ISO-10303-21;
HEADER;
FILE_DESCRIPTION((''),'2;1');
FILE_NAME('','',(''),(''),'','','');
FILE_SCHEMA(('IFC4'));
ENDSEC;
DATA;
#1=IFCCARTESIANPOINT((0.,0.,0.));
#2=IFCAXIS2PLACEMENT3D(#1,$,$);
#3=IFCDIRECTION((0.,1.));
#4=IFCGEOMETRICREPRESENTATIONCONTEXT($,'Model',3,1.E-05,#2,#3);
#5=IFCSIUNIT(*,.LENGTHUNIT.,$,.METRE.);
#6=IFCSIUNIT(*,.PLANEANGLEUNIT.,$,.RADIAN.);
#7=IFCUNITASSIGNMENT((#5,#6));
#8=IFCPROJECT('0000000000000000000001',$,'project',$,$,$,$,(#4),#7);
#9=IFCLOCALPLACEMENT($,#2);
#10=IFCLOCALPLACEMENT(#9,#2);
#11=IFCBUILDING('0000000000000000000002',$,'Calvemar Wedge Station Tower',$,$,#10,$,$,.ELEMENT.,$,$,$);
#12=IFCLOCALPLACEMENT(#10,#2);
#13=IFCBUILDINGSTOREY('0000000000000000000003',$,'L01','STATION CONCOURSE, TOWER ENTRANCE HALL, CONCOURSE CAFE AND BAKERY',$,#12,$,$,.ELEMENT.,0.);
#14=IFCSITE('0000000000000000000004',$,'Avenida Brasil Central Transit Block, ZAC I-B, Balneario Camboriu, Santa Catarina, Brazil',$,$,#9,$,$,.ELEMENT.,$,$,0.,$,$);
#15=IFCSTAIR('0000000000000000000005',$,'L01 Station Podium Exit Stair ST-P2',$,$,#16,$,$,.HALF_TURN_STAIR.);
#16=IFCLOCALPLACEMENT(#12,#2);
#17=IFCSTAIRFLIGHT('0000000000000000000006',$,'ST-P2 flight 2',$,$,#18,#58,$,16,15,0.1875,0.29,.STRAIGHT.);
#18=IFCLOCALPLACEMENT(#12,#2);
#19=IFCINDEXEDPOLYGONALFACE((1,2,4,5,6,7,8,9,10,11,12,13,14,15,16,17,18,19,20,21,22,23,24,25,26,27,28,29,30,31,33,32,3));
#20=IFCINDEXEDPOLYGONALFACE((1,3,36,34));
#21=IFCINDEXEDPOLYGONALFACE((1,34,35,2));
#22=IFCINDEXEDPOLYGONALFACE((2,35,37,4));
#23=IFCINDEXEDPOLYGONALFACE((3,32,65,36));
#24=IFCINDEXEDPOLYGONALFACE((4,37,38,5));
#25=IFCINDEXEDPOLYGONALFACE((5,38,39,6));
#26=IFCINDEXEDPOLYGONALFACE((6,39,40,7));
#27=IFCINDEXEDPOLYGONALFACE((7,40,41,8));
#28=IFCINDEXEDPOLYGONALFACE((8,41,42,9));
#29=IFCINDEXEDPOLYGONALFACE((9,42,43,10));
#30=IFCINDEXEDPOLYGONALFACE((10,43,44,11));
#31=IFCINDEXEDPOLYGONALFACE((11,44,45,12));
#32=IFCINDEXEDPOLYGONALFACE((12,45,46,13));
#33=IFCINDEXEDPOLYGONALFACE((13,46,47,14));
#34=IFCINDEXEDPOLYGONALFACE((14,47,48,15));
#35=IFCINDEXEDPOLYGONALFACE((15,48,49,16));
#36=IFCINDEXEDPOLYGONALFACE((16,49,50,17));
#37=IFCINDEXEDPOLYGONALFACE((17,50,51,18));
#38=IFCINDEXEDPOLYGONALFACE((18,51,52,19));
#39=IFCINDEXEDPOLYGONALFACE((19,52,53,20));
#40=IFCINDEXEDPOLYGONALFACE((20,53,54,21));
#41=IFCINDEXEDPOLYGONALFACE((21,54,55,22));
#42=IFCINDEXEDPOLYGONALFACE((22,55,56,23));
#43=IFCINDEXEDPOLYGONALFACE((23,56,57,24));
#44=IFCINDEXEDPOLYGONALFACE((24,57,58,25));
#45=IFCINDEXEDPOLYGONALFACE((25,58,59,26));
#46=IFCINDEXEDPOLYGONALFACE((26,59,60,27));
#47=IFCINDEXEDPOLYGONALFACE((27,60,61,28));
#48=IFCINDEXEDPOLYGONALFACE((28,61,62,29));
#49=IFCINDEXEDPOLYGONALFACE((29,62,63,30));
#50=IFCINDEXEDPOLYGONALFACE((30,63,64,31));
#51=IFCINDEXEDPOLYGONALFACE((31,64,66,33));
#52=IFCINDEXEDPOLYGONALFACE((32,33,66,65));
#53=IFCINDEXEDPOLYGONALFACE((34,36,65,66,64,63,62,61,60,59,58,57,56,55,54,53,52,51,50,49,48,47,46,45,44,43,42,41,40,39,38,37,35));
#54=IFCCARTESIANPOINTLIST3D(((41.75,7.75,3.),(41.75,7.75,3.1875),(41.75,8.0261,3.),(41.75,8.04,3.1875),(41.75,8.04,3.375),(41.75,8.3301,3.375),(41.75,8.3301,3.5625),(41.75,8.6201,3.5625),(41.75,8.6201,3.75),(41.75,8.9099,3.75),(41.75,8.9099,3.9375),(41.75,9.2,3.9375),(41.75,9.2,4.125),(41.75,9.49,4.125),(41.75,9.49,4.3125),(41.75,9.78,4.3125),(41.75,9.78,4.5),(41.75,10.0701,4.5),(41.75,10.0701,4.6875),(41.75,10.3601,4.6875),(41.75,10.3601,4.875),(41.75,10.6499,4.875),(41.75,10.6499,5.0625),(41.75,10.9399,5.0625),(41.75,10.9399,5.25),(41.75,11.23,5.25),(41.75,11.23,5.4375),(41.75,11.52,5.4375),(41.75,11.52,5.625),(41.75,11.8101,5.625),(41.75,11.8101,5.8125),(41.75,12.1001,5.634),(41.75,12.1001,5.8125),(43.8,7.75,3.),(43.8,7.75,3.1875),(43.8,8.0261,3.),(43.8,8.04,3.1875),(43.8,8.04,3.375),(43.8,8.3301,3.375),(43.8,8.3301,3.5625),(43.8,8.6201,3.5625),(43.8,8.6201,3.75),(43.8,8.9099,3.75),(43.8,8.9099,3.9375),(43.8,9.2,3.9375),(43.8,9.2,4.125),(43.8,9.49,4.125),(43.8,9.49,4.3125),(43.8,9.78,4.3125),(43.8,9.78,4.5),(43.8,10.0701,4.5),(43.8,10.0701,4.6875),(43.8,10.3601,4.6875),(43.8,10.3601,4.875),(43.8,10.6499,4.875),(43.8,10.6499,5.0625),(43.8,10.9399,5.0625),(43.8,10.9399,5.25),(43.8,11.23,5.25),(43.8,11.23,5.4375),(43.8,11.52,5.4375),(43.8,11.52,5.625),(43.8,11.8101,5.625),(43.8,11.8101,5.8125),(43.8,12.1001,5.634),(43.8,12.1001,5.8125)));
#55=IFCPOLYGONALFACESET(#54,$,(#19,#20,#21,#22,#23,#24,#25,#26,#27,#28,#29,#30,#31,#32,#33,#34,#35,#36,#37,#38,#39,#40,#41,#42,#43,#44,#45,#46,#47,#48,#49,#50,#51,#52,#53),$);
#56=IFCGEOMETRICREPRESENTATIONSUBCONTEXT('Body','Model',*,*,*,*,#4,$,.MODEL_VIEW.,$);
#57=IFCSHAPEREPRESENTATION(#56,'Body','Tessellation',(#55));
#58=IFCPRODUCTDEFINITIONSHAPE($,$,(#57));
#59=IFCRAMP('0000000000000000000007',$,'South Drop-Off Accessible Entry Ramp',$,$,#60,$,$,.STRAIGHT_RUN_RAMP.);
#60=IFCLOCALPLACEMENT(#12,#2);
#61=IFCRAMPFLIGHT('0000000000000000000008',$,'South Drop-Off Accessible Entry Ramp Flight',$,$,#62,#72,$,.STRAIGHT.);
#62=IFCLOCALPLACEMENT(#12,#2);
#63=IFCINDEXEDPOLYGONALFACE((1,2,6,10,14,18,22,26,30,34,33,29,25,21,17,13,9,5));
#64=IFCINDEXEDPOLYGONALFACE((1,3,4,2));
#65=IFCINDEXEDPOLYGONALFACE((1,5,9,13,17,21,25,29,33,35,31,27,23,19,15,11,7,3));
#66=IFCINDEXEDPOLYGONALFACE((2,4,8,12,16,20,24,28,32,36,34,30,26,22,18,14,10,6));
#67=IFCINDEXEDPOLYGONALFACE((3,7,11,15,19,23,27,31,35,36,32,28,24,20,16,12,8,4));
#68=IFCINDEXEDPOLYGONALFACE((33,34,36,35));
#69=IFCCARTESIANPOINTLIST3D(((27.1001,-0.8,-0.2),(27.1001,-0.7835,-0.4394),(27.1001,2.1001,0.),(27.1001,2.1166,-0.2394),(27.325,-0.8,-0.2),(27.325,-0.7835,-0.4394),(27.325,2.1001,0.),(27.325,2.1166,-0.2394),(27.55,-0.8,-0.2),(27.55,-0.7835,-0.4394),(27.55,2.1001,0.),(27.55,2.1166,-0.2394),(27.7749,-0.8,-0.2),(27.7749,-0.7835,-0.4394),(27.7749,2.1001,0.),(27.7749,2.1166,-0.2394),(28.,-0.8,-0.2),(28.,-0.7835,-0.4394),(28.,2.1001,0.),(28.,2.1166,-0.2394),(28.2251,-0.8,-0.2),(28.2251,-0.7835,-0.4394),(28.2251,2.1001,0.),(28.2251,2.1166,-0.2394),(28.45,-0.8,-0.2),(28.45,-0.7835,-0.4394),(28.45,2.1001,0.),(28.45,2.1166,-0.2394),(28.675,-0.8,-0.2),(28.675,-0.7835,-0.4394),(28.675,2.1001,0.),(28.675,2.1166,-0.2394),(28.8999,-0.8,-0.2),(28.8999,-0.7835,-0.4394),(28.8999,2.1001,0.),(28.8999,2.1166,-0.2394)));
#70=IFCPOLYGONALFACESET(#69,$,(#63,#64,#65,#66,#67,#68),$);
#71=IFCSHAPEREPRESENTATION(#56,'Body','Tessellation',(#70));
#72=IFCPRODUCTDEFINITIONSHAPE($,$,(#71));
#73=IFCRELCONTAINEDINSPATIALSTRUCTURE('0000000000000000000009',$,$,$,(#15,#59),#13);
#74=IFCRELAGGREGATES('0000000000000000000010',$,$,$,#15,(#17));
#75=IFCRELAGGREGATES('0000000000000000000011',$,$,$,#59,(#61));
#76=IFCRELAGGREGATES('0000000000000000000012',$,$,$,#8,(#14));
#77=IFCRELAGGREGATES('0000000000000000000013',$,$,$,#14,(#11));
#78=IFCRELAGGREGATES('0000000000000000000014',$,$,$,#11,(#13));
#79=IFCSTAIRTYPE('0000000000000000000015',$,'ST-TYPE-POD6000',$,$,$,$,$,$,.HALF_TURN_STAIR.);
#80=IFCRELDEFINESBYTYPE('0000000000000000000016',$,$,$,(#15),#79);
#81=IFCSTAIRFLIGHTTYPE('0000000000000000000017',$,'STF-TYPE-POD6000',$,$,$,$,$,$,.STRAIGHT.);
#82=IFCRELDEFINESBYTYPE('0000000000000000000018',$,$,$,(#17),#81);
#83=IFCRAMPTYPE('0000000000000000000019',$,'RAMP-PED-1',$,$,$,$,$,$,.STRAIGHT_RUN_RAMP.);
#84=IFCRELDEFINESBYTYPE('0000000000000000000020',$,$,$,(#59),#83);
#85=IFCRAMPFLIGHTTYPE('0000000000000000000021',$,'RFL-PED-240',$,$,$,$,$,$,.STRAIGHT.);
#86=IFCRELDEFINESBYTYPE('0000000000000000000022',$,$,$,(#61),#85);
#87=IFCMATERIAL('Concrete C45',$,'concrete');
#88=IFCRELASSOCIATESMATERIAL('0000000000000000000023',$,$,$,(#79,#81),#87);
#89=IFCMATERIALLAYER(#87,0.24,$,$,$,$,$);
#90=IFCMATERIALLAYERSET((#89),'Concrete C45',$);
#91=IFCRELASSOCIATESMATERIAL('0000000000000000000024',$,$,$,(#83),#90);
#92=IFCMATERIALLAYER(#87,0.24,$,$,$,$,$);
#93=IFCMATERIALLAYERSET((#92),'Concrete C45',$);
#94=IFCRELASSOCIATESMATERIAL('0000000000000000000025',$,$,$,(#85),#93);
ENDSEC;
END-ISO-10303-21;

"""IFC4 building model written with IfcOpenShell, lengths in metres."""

from ifc_helpers import new_model, si_unit, direction, frame, origin, place, context, subcontext, project, spatial, polyline, outline, extrude, material, layer, layer_set, type_object, element, aggregate, save


model = new_model("IFC4")

# Units and contexts
model_context = context("Model", 3, precision=1e-05, world=origin(), true_north=direction((0.0, 1.0)))
body_context = subcontext(model_context, "Body", "Model", "MODEL_VIEW")
ifc_project = project(units=[si_unit("LENGTHUNIT", "METRE"), si_unit("PLANEANGLEUNIT", "RADIAN")], contexts=[model_context])

# Site, building, storey
site_placement = place(None, origin())
site = spatial("IfcSite", under=ifc_project, at=site_placement, Name="Avenida Brasil Central Transit Block, ZAC I-B, Balneario Camboriu, Santa Catarina, Brazil", CompositionType="ELEMENT", RefElevation=0.0)
building_placement = place(site_placement, origin())
building = spatial("IfcBuilding", under=site, at=building_placement, Name="Calvemar Wedge Station Tower", CompositionType="ELEMENT")
storey_placement = place(building_placement, origin())
storey = spatial("IfcBuildingStorey", under=building, at=storey_placement, Name="L01", Description="STATION CONCOURSE, TOWER ENTRANCE HALL, CONCOURSE CAFE AND BAKERY", CompositionType="ELEMENT", Elevation=0.0)

# Shared definitions
ifc_material_1 = material(Name="Concrete C45", Category="concrete")

# Stair, stair flight
stair_type = type_object("IfcStairType", Name="ST-TYPE-POD6000", PredefinedType="HALF_TURN_STAIR", material=ifc_material_1)
stair_placement = place(storey_placement, origin())
stair = element("IfcStair", 1, at=stair_placement, inside=storey, type_object=stair_type, Name="L01 Station Podium Exit Stair ST-P2", PredefinedType="HALF_TURN_STAIR")
stair_flight_type = type_object("IfcStairFlightType", Name="STF-TYPE-POD6000", PredefinedType="STRAIGHT", material=ifc_material_1)
stair_flight_1_placement = place(storey_placement, frame((42.7749, 7.75, 3.0), z_axis=(0.0, 0.0, 1.0), x_axis=(0.0, 1.0, 0.0)))
stair_flight_1 = element("IfcStairFlight", 2, at=stair_flight_1_placement, type_object=stair_flight_type, Name="ST-P2 flight 2", NumberOfRisers=16, NumberOfTreads=15, PredefinedType="STRAIGHT", RiserHeight=0.1875, TreadLength=0.29, context=body_context, shape_type="SweptSolid", body=[
    extrude(outline(polyline([(0.0, 0.0), (0.0, 0.1875), (0.29, 0.1875), (0.29, 0.375), (0.5801, 0.375), (0.5801, 0.5625), (0.8701, 0.5625), (0.8701, 0.75), (1.1599, 0.75), (1.1599, 0.9375), (1.45, 0.9375), (1.45, 1.125), (1.74, 1.125), (1.74, 1.3125), (2.03, 1.3125), (2.03, 1.5), (2.3201, 1.5), (2.3201, 1.6875), (2.6101, 1.6875), (2.6101, 1.875), (2.8999, 1.875), (2.8999, 2.0625), (3.1899, 2.0625), (3.1899, 2.25), (3.48, 2.25), (3.48, 2.4375), (3.77, 2.4375), (3.77, 2.625), (4.0601, 2.625), (4.0601, 2.8125), (4.3501, 2.8125), (4.3501, 3.0), (4.3501, 2.634), (0.2761, 0.0), (0.0, 0.0)])), frame((0.0, 1.0249, 0.0), z_axis=(0.0, -1.0, 0.0), x_axis=(1.0, 0.0, 0.0)), (0.0, 0.0, 1.0), 2.05),
])
aggregate(stair, [stair_flight_1])

# Ramp, ramp flight
ifc_layer_1 = layer(ifc_material_1, 0.24)
ifc_layer_set_1 = layer_set([ifc_layer_1], Name="Concrete C45")
ramp_type = type_object("IfcRampType", Name="RAMP-PED-1", PredefinedType="STRAIGHT_RUN_RAMP", material=ifc_layer_set_1)
ramp_placement = place(storey_placement, origin())
ramp = element("IfcRamp", 3, at=ramp_placement, inside=storey, type_object=ramp_type, Name="South Drop-Off Accessible Entry Ramp", PredefinedType="STRAIGHT_RUN_RAMP")
ifc_layer_2 = layer(ifc_material_1, 0.24)
ifc_layer_set_2 = layer_set([ifc_layer_2], Name="Concrete C45")
ramp_flight_type = type_object("IfcRampFlightType", Name="RFL-PED-240", PredefinedType="STRAIGHT", material=ifc_layer_set_2)
ramp_flight_placement = place(storey_placement, frame((28.8999, -0.8, -0.2), z_axis=(0.0, -0.068782, 0.997632), x_axis=(0.0, 0.997632, 0.068782)))
ramp_flight = element("IfcRampFlight", 4, at=ramp_flight_placement, type_object=ramp_flight_type, Name="South Drop-Off Accessible Entry Ramp Flight", PredefinedType="STRAIGHT", context=body_context, shape_type="SweptSolid", body=[
    extrude(outline(polyline([(0.0, 0.0), (2.907, 0.0), (2.907, 0.2249), (2.907, 0.45), (2.907, 0.6748), (2.907, 0.8999), (2.907, 1.125), (2.907, 1.3499), (2.907, 1.575), (2.907, 1.7998), (0.0, 1.7998), (0.0, 1.575), (0.0, 1.3499), (0.0, 1.125), (0.0, 0.8999), (0.0, 0.6748), (0.0, 0.45), (0.0, 0.2249), (0.0, 0.0)])), origin(), (0.0, 0.0, -1.0), 0.24),
])
aggregate(ramp, [ramp_flight])

save(model, "model.ifc")
